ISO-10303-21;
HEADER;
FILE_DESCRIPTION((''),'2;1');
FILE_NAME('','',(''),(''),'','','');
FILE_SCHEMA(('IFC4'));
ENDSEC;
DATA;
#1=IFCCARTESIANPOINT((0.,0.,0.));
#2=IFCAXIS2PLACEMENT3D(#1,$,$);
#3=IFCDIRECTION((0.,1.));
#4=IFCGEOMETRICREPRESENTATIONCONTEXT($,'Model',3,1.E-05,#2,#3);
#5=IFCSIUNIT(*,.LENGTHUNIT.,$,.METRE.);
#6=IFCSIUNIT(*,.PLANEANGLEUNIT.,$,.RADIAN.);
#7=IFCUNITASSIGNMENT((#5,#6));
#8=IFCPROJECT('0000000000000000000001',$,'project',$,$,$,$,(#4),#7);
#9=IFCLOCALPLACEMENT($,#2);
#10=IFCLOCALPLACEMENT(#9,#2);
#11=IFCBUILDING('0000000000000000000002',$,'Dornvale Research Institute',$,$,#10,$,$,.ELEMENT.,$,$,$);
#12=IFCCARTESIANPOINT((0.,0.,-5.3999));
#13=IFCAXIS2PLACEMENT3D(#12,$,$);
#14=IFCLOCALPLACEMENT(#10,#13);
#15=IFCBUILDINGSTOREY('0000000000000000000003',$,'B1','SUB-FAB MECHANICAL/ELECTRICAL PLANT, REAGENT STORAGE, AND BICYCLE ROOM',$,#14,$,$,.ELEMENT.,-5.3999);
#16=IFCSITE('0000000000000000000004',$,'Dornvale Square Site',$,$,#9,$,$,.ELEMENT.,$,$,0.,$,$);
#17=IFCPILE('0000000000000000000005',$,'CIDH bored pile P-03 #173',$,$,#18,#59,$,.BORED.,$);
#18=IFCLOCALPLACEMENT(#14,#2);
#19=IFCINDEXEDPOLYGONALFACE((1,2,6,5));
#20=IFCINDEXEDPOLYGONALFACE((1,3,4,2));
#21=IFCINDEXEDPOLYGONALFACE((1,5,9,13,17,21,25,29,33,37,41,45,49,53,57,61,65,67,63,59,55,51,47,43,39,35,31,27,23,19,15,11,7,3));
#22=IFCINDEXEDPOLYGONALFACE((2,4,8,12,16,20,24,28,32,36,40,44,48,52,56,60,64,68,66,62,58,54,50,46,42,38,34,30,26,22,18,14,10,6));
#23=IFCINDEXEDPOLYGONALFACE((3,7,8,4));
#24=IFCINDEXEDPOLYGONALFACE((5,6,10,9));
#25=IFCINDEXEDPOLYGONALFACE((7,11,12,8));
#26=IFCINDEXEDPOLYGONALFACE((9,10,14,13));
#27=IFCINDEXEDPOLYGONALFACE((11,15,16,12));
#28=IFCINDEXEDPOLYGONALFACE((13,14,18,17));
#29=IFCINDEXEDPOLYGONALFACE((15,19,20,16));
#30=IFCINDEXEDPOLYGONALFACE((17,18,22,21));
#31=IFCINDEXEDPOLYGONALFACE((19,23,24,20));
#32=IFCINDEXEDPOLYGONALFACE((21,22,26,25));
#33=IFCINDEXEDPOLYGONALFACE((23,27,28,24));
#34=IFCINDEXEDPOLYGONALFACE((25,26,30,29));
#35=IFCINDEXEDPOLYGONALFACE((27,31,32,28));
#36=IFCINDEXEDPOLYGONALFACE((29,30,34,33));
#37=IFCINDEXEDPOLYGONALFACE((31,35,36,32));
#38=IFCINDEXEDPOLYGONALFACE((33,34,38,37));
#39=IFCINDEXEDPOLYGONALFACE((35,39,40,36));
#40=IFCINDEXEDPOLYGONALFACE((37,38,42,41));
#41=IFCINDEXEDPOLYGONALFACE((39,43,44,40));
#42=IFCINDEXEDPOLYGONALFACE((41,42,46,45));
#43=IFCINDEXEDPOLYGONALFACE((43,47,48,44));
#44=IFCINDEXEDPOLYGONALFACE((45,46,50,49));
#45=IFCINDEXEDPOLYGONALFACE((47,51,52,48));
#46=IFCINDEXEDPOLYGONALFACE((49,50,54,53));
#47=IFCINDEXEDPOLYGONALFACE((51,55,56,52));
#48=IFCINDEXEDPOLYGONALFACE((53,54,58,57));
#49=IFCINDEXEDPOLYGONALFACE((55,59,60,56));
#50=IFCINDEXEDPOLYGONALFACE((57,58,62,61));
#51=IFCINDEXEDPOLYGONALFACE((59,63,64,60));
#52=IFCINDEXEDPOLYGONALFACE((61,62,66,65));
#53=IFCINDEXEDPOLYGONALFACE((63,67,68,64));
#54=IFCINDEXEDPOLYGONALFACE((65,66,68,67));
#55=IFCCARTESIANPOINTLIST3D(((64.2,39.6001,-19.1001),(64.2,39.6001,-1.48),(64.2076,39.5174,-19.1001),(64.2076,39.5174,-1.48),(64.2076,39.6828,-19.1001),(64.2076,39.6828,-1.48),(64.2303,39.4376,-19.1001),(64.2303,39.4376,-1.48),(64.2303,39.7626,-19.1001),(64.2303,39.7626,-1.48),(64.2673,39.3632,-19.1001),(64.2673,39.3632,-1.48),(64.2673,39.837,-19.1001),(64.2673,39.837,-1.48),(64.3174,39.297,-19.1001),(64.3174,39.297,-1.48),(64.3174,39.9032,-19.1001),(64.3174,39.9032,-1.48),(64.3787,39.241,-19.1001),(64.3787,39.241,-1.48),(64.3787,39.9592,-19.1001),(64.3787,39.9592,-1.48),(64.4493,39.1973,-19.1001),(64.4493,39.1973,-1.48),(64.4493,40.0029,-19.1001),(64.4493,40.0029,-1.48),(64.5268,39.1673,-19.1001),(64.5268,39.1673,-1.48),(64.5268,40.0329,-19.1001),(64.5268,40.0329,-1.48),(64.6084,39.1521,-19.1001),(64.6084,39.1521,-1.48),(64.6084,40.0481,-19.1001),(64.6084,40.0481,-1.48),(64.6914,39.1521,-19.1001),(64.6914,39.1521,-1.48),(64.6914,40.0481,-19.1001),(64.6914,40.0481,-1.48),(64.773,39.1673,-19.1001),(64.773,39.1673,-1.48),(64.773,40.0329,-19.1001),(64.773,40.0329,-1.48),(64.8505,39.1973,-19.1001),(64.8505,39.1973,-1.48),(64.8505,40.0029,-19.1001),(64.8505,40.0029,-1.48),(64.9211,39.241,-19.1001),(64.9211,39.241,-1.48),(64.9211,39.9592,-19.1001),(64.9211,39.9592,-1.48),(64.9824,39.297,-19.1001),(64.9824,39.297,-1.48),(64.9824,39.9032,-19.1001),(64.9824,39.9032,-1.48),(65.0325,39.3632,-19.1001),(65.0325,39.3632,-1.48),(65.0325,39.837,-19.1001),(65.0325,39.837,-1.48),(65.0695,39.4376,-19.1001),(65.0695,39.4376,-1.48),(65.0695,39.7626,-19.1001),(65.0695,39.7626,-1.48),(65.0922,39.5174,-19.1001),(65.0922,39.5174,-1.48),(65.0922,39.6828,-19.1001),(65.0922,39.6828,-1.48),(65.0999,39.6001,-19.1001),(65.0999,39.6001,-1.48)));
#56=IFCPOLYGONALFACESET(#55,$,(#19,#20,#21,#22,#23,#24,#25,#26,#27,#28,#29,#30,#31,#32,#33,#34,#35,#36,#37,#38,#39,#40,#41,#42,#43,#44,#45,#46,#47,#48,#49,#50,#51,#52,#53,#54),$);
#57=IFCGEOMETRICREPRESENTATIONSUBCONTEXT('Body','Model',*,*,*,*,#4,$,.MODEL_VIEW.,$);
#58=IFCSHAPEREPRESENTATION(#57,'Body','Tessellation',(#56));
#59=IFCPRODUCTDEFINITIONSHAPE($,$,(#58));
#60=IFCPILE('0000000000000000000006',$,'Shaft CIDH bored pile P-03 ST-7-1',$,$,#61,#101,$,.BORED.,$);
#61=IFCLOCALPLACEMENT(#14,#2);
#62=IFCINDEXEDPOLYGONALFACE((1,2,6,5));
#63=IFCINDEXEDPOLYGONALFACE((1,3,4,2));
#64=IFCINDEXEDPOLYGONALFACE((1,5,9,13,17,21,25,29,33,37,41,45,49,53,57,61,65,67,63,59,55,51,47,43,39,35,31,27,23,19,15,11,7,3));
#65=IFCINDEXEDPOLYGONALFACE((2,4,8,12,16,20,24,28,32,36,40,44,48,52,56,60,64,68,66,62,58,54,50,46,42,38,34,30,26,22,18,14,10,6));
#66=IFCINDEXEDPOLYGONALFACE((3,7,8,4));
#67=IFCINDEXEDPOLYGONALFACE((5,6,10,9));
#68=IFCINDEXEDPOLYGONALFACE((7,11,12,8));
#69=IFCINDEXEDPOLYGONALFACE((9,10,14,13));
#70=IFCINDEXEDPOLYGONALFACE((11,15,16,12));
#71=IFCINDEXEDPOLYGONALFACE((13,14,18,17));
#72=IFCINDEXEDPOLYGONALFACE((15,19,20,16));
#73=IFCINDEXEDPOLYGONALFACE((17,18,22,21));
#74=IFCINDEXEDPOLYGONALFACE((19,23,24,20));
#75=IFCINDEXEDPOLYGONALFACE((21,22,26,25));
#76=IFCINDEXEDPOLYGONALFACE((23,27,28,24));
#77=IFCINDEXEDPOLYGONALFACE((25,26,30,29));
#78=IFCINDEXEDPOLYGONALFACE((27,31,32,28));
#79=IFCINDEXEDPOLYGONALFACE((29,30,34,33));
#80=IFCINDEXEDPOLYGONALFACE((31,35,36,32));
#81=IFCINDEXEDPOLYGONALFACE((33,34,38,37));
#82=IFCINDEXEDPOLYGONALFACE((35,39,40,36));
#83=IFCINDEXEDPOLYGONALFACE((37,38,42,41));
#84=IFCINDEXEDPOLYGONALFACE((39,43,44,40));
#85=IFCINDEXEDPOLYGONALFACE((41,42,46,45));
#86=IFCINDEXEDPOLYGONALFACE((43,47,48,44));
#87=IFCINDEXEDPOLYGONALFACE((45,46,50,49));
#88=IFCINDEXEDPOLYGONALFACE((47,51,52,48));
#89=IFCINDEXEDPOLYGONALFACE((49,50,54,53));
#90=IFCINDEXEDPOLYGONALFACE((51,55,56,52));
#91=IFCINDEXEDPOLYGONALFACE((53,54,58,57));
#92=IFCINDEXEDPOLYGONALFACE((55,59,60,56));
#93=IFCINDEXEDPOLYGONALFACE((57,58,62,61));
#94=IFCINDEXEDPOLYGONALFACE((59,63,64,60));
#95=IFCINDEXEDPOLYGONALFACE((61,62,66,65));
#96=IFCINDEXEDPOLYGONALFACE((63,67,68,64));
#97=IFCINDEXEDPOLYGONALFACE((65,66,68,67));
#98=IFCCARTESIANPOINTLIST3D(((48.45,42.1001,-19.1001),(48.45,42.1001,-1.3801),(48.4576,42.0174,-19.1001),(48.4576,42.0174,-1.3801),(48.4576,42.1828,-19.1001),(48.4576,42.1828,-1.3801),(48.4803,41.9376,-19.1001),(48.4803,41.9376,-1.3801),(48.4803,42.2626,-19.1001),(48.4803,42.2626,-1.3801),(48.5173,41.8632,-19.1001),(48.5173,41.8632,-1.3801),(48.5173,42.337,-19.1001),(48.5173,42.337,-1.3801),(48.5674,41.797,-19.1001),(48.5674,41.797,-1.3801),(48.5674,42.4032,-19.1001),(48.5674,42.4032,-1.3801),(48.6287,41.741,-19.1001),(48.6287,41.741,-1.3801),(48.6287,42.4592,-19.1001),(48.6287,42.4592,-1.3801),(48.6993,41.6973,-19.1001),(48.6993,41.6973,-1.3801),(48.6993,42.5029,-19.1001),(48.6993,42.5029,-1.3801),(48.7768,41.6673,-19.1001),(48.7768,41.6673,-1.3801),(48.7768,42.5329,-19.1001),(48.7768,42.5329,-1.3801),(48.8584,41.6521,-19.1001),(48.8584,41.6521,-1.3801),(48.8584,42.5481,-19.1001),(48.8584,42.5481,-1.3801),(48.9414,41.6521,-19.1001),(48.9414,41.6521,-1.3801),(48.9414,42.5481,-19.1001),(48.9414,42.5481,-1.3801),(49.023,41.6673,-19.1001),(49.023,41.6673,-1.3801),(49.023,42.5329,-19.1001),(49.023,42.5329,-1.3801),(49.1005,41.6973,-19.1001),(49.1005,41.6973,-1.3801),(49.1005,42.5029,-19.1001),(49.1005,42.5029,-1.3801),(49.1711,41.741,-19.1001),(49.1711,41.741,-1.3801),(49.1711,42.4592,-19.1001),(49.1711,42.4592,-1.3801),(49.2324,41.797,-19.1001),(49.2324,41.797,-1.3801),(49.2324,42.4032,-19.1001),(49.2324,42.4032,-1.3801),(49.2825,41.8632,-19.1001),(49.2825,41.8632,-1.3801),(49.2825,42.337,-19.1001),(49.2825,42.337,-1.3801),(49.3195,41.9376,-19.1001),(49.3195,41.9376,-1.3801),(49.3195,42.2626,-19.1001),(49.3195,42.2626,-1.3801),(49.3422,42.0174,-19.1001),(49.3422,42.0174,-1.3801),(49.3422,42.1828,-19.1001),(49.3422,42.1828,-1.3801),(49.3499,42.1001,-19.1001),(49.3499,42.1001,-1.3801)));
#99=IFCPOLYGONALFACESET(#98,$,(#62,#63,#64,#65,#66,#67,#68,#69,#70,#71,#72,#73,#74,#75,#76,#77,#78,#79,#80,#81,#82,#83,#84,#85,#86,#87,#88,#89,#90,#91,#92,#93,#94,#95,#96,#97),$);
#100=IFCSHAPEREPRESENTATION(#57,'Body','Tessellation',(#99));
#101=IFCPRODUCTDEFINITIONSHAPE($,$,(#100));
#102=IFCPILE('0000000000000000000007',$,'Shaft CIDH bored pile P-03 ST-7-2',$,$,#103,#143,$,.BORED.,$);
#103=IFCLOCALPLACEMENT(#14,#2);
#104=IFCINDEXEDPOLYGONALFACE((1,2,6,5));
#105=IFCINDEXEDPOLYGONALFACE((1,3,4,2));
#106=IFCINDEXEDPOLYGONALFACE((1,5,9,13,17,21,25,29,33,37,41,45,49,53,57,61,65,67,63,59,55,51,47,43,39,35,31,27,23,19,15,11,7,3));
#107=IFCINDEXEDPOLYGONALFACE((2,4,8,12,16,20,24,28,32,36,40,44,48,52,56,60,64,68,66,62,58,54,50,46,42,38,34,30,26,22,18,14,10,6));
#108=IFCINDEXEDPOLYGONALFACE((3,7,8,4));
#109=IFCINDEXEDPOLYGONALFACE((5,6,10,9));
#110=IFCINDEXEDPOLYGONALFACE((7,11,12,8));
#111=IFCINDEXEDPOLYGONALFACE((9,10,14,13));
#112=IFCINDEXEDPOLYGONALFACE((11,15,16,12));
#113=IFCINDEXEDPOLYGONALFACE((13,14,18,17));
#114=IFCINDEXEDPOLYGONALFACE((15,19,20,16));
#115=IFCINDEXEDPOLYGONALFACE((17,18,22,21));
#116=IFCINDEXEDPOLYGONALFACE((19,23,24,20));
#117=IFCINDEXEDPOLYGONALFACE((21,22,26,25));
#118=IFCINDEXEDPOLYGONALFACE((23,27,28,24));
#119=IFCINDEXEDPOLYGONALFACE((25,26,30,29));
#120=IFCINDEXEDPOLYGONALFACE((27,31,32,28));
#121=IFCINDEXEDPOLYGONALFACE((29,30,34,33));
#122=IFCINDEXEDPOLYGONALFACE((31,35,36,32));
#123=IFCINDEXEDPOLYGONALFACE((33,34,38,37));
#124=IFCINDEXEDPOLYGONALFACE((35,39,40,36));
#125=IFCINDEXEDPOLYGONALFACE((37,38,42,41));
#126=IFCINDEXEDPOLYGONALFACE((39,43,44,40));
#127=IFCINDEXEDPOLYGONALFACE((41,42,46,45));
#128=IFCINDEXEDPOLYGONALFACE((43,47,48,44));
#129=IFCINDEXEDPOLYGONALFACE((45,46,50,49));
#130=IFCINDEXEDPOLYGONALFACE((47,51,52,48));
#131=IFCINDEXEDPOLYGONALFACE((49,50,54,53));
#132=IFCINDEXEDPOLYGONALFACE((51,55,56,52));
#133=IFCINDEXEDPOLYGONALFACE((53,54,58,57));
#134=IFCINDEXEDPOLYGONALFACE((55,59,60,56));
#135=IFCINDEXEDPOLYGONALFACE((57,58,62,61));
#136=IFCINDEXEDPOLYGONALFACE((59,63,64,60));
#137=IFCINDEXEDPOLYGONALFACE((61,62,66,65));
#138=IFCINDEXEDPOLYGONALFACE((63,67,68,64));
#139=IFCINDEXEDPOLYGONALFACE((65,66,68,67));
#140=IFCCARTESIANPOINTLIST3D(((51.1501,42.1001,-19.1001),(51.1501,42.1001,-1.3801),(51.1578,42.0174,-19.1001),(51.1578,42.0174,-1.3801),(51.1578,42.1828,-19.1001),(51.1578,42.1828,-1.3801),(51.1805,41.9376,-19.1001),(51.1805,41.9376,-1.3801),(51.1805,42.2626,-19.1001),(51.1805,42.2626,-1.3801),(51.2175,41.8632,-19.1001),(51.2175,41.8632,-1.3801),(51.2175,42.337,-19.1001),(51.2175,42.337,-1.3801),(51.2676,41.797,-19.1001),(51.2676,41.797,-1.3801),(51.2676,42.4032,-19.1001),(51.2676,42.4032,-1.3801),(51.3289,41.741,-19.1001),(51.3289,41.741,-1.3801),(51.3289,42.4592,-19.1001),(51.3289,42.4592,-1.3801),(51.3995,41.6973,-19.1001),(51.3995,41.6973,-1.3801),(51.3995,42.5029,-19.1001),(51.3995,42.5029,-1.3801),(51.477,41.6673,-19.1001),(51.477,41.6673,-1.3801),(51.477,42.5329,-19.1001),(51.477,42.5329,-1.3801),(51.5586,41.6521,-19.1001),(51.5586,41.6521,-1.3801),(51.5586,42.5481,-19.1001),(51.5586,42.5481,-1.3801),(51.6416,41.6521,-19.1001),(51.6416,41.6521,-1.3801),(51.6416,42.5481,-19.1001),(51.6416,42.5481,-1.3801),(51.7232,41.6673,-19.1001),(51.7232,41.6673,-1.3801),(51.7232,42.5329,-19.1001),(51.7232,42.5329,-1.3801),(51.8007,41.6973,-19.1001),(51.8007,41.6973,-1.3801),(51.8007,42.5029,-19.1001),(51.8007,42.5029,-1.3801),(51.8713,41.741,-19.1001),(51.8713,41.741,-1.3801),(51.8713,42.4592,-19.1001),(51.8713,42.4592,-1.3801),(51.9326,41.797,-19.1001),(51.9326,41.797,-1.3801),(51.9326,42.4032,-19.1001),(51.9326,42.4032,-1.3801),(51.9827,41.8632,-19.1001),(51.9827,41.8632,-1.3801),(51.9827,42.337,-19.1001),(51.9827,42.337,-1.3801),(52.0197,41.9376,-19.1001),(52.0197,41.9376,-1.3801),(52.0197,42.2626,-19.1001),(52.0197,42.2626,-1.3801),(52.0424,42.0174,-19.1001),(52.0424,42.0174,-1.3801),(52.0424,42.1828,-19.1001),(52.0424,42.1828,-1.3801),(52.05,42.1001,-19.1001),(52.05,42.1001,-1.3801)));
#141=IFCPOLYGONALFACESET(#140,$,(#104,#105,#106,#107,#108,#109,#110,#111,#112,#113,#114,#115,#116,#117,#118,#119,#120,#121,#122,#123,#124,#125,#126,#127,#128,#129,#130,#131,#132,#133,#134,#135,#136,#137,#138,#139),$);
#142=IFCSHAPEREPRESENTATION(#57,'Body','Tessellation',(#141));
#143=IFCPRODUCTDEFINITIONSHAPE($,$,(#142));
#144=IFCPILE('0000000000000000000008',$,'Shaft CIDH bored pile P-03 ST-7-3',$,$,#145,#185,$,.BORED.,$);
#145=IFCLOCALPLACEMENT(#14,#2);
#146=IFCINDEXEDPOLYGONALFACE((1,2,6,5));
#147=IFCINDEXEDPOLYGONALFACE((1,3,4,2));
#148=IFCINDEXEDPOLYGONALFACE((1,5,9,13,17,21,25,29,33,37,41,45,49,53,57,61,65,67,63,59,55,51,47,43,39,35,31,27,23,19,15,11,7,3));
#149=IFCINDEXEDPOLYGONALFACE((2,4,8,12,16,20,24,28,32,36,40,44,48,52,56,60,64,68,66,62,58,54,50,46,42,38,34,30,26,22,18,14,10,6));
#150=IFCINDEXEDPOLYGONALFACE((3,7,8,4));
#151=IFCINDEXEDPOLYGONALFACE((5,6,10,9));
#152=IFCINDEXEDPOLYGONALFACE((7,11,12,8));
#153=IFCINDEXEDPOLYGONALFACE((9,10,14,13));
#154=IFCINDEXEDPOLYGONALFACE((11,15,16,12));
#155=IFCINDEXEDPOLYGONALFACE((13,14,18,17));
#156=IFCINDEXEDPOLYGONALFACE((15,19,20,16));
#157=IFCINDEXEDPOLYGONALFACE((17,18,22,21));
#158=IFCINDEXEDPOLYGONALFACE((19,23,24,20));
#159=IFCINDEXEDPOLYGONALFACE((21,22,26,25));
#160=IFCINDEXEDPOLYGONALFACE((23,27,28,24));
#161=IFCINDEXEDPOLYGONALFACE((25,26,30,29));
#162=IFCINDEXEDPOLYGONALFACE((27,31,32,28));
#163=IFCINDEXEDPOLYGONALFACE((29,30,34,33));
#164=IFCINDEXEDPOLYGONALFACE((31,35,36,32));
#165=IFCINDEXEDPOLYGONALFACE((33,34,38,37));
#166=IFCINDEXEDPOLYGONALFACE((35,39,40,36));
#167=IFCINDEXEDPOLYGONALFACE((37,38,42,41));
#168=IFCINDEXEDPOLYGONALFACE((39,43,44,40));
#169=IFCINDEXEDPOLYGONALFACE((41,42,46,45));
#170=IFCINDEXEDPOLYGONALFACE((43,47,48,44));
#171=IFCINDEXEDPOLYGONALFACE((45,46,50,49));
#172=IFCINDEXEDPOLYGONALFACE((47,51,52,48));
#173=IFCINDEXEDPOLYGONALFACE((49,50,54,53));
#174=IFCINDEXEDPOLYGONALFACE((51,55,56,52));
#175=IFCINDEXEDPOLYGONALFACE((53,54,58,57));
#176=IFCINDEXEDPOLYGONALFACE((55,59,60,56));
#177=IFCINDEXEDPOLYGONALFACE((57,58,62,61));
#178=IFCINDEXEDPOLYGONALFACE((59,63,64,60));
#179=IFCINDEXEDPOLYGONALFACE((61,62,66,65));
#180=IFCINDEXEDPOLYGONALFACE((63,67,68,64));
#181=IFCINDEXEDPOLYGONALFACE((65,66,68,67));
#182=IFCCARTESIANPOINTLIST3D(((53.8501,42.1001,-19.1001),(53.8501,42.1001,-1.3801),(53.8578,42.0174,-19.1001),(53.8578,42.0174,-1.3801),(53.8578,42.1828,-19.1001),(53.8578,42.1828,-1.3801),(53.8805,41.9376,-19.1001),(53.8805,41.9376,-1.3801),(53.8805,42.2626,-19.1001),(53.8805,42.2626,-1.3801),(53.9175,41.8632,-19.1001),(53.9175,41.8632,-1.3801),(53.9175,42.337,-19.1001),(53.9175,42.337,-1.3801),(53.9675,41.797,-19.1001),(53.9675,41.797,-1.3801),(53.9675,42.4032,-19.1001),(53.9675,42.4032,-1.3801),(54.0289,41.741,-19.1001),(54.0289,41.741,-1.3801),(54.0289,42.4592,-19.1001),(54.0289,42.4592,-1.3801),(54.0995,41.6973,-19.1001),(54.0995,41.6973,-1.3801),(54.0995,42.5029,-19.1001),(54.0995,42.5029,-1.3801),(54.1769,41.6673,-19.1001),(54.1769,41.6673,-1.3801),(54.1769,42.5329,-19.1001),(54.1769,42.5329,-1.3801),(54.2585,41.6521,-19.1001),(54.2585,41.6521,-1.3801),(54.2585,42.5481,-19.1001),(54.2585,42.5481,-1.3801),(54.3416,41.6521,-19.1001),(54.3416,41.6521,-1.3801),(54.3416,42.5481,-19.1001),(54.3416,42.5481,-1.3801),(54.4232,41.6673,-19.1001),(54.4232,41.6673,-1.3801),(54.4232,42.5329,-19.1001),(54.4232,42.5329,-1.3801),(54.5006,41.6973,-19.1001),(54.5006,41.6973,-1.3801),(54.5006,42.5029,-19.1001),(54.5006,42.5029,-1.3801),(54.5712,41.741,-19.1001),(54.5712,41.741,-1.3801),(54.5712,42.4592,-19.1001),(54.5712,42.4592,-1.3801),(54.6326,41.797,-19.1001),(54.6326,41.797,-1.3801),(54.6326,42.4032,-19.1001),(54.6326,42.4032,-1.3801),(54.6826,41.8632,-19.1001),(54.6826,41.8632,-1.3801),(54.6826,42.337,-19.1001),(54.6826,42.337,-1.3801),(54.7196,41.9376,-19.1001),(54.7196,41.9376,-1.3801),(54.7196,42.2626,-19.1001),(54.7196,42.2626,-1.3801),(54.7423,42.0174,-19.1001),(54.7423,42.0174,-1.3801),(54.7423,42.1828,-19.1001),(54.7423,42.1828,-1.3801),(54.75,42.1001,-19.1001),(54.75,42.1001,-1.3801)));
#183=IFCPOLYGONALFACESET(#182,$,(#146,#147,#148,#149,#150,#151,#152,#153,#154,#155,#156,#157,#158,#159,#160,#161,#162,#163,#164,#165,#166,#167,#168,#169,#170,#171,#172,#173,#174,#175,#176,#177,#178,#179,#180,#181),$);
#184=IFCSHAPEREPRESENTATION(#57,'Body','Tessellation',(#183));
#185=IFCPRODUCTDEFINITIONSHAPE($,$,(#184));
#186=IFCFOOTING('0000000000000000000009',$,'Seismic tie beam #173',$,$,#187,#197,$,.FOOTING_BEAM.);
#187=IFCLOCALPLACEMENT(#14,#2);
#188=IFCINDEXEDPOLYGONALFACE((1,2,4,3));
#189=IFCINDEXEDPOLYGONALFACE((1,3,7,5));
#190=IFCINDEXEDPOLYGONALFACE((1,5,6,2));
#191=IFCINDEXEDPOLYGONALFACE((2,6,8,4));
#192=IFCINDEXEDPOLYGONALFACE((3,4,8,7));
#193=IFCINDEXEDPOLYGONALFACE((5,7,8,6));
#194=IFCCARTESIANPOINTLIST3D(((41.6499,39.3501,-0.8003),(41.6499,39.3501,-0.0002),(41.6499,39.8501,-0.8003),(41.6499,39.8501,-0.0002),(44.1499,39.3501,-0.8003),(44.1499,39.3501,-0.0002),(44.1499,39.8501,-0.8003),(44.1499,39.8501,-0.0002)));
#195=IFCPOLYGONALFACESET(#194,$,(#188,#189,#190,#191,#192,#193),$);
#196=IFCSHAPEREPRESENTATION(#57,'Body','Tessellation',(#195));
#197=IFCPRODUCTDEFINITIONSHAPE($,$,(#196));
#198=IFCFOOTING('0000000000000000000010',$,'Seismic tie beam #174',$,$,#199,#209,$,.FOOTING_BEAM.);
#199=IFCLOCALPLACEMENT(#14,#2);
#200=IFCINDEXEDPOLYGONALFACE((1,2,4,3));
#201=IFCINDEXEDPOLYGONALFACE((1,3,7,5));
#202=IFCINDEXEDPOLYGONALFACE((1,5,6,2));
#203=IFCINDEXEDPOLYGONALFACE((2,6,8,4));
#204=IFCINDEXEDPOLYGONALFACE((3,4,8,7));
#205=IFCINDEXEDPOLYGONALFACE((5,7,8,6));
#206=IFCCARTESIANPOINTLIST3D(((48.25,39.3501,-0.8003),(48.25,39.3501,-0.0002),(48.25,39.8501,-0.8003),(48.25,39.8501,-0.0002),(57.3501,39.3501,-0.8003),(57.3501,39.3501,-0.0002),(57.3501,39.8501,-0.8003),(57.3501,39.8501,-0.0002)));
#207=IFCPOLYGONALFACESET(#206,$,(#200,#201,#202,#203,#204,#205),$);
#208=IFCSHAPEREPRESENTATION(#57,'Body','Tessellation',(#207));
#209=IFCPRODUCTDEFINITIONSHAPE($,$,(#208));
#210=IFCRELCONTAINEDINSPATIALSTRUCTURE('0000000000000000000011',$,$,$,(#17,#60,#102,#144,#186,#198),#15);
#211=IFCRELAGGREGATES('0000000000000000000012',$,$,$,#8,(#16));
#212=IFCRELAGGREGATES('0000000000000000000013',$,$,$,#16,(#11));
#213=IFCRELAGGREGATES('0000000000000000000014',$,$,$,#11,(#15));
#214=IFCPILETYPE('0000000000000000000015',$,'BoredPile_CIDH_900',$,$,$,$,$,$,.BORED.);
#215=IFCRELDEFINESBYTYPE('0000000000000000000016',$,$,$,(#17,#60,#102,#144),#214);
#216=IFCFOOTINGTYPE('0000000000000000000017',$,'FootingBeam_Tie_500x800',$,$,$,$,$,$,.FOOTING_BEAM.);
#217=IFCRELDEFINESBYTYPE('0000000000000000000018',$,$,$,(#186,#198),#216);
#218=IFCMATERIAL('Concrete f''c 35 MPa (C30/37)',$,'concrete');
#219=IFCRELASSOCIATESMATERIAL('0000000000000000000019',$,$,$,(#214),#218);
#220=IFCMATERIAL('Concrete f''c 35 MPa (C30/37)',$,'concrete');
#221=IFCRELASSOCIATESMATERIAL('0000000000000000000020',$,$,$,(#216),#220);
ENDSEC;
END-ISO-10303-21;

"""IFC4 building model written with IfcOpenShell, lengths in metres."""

from ifc_helpers import new_model, si_unit, direction, frame, origin, origin_2d, place, context, subcontext, project, spatial, rectangle, circle, extrude, material, material_profile, profile_set, type_object, element, save


model = new_model("IFC4")

# Units and contexts
model_context = context("Model", 3, precision=1e-05, world=origin(), true_north=direction((0.0, 1.0)))
body_context = subcontext(model_context, "Body", "Model", "MODEL_VIEW")
ifc_project = project(units=[si_unit("LENGTHUNIT", "METRE"), si_unit("PLANEANGLEUNIT", "RADIAN")], contexts=[model_context])

# Site, building, storey
site_placement = place(None, origin())
site = spatial("IfcSite", under=ifc_project, at=site_placement, Name="Dornvale Square Site", CompositionType="ELEMENT", RefElevation=0.0)
building_placement = place(site_placement, origin())
building = spatial("IfcBuilding", under=site, at=building_placement, Name="Dornvale Research Institute", CompositionType="ELEMENT")
storey_placement = place(building_placement, frame((0.0, 0.0, -5.3999)))
storey = spatial("IfcBuildingStorey", under=building, at=storey_placement, Name="B1", Description="SUB-FAB MECHANICAL/ELECTRICAL PLANT, REAGENT STORAGE, AND BICYCLE ROOM", CompositionType="ELEMENT", Elevation=-5.3999)

# Piles
ifc_material_1 = material(Name="Concrete f'c 35 MPa (C30/37)", Category="concrete")
ifc_material_profile_1 = material_profile(ifc_material_1, circle(Radius=0.45, at=origin_2d()), Name="CIDH PILE D900")
ifc_profile_set_1 = profile_set([ifc_material_profile_1], Name="Concrete f'c 35 MPa (C30/37)")
pile_type = type_object("IfcPileType", Name="BoredPile_CIDH_900", PredefinedType="BORED", material=ifc_profile_set_1)
for number, where, z_axis, x_axis, name in (
    (1, (64.6499, 39.6001, -1.48), (0.0, 0.0, -1.0), (1.0, 0.0, 0.0), "CIDH bored pile P-03 #173"),
):
    element("IfcPile", number, at=place(storey_placement, frame(where, z_axis=z_axis, x_axis=x_axis)), inside=storey, type_object=pile_type, Name=name, PredefinedType="BORED", context=body_context, shape_type="SweptSolid", body=[
        extrude(circle(Radius=0.45, at=origin_2d()), origin(), (0.0, 0.0, 1.0), 17.6201),
    ])
for number, where, z_axis, x_axis, name in (
    (2, (48.8999, 42.1001, -1.3801), (0.0, 0.0, -1.0), (1.0, 0.0, 0.0), "Shaft CIDH bored pile P-03 ST-7-1"),
    (3, (51.6001, 42.1001, -1.3801), (0.0, 0.0, -1.0), (1.0, 0.0, 0.0), "Shaft CIDH bored pile P-03 ST-7-2"),
    (4, (54.3, 42.1001, -1.3801), (0.0, 0.0, -1.0), (1.0, 0.0, 0.0), "Shaft CIDH bored pile P-03 ST-7-3"),
):
    element("IfcPile", number, at=place(storey_placement, frame(where, z_axis=z_axis, x_axis=x_axis)), inside=storey, type_object=pile_type, Name=name, PredefinedType="BORED", context=body_context, shape_type="SweptSolid", body=[
        extrude(circle(Radius=0.45, at=origin_2d()), origin(), (0.0, 0.0, 1.0), 17.72),
    ])

# Footings
ifc_material_2 = material(Name="Concrete f'c 35 MPa (C30/37)", Category="concrete")
footing_type_1 = type_object("IfcFootingType", Name="FootingBeam_Tie_500x800", PredefinedType="FOOTING_BEAM", material=ifc_material_2)
footing_1_placement = place(storey_placement, frame((42.8999, 39.6001, -0.8003), z_axis=(0.0, 0.0, 1.0), x_axis=(1.0, 0.0, 0.0)))
element("IfcFooting", 5, at=footing_1_placement, inside=storey, type_object=footing_type_1, Name="Seismic tie beam #173", PredefinedType="FOOTING_BEAM", context=body_context, shape_type="SweptSolid", body=[
    extrude(rectangle(XDim=2.5, YDim=0.5, at=origin_2d()), origin(), (0.0, 0.0, 1.0), 0.8),
])
footing_2_placement = place(storey_placement, frame((52.8, 39.6001, -0.8003), z_axis=(0.0, 0.0, 1.0), x_axis=(1.0, 0.0, 0.0)))
element("IfcFooting", 6, at=footing_2_placement, inside=storey, type_object=footing_type_1, Name="Seismic tie beam #174", PredefinedType="FOOTING_BEAM", context=body_context, shape_type="SweptSolid", body=[
    extrude(rectangle(XDim=9.1001, YDim=0.5, at=origin_2d()), origin(), (0.0, 0.0, 1.0), 0.8),
])

save(model, "model.ifc")
